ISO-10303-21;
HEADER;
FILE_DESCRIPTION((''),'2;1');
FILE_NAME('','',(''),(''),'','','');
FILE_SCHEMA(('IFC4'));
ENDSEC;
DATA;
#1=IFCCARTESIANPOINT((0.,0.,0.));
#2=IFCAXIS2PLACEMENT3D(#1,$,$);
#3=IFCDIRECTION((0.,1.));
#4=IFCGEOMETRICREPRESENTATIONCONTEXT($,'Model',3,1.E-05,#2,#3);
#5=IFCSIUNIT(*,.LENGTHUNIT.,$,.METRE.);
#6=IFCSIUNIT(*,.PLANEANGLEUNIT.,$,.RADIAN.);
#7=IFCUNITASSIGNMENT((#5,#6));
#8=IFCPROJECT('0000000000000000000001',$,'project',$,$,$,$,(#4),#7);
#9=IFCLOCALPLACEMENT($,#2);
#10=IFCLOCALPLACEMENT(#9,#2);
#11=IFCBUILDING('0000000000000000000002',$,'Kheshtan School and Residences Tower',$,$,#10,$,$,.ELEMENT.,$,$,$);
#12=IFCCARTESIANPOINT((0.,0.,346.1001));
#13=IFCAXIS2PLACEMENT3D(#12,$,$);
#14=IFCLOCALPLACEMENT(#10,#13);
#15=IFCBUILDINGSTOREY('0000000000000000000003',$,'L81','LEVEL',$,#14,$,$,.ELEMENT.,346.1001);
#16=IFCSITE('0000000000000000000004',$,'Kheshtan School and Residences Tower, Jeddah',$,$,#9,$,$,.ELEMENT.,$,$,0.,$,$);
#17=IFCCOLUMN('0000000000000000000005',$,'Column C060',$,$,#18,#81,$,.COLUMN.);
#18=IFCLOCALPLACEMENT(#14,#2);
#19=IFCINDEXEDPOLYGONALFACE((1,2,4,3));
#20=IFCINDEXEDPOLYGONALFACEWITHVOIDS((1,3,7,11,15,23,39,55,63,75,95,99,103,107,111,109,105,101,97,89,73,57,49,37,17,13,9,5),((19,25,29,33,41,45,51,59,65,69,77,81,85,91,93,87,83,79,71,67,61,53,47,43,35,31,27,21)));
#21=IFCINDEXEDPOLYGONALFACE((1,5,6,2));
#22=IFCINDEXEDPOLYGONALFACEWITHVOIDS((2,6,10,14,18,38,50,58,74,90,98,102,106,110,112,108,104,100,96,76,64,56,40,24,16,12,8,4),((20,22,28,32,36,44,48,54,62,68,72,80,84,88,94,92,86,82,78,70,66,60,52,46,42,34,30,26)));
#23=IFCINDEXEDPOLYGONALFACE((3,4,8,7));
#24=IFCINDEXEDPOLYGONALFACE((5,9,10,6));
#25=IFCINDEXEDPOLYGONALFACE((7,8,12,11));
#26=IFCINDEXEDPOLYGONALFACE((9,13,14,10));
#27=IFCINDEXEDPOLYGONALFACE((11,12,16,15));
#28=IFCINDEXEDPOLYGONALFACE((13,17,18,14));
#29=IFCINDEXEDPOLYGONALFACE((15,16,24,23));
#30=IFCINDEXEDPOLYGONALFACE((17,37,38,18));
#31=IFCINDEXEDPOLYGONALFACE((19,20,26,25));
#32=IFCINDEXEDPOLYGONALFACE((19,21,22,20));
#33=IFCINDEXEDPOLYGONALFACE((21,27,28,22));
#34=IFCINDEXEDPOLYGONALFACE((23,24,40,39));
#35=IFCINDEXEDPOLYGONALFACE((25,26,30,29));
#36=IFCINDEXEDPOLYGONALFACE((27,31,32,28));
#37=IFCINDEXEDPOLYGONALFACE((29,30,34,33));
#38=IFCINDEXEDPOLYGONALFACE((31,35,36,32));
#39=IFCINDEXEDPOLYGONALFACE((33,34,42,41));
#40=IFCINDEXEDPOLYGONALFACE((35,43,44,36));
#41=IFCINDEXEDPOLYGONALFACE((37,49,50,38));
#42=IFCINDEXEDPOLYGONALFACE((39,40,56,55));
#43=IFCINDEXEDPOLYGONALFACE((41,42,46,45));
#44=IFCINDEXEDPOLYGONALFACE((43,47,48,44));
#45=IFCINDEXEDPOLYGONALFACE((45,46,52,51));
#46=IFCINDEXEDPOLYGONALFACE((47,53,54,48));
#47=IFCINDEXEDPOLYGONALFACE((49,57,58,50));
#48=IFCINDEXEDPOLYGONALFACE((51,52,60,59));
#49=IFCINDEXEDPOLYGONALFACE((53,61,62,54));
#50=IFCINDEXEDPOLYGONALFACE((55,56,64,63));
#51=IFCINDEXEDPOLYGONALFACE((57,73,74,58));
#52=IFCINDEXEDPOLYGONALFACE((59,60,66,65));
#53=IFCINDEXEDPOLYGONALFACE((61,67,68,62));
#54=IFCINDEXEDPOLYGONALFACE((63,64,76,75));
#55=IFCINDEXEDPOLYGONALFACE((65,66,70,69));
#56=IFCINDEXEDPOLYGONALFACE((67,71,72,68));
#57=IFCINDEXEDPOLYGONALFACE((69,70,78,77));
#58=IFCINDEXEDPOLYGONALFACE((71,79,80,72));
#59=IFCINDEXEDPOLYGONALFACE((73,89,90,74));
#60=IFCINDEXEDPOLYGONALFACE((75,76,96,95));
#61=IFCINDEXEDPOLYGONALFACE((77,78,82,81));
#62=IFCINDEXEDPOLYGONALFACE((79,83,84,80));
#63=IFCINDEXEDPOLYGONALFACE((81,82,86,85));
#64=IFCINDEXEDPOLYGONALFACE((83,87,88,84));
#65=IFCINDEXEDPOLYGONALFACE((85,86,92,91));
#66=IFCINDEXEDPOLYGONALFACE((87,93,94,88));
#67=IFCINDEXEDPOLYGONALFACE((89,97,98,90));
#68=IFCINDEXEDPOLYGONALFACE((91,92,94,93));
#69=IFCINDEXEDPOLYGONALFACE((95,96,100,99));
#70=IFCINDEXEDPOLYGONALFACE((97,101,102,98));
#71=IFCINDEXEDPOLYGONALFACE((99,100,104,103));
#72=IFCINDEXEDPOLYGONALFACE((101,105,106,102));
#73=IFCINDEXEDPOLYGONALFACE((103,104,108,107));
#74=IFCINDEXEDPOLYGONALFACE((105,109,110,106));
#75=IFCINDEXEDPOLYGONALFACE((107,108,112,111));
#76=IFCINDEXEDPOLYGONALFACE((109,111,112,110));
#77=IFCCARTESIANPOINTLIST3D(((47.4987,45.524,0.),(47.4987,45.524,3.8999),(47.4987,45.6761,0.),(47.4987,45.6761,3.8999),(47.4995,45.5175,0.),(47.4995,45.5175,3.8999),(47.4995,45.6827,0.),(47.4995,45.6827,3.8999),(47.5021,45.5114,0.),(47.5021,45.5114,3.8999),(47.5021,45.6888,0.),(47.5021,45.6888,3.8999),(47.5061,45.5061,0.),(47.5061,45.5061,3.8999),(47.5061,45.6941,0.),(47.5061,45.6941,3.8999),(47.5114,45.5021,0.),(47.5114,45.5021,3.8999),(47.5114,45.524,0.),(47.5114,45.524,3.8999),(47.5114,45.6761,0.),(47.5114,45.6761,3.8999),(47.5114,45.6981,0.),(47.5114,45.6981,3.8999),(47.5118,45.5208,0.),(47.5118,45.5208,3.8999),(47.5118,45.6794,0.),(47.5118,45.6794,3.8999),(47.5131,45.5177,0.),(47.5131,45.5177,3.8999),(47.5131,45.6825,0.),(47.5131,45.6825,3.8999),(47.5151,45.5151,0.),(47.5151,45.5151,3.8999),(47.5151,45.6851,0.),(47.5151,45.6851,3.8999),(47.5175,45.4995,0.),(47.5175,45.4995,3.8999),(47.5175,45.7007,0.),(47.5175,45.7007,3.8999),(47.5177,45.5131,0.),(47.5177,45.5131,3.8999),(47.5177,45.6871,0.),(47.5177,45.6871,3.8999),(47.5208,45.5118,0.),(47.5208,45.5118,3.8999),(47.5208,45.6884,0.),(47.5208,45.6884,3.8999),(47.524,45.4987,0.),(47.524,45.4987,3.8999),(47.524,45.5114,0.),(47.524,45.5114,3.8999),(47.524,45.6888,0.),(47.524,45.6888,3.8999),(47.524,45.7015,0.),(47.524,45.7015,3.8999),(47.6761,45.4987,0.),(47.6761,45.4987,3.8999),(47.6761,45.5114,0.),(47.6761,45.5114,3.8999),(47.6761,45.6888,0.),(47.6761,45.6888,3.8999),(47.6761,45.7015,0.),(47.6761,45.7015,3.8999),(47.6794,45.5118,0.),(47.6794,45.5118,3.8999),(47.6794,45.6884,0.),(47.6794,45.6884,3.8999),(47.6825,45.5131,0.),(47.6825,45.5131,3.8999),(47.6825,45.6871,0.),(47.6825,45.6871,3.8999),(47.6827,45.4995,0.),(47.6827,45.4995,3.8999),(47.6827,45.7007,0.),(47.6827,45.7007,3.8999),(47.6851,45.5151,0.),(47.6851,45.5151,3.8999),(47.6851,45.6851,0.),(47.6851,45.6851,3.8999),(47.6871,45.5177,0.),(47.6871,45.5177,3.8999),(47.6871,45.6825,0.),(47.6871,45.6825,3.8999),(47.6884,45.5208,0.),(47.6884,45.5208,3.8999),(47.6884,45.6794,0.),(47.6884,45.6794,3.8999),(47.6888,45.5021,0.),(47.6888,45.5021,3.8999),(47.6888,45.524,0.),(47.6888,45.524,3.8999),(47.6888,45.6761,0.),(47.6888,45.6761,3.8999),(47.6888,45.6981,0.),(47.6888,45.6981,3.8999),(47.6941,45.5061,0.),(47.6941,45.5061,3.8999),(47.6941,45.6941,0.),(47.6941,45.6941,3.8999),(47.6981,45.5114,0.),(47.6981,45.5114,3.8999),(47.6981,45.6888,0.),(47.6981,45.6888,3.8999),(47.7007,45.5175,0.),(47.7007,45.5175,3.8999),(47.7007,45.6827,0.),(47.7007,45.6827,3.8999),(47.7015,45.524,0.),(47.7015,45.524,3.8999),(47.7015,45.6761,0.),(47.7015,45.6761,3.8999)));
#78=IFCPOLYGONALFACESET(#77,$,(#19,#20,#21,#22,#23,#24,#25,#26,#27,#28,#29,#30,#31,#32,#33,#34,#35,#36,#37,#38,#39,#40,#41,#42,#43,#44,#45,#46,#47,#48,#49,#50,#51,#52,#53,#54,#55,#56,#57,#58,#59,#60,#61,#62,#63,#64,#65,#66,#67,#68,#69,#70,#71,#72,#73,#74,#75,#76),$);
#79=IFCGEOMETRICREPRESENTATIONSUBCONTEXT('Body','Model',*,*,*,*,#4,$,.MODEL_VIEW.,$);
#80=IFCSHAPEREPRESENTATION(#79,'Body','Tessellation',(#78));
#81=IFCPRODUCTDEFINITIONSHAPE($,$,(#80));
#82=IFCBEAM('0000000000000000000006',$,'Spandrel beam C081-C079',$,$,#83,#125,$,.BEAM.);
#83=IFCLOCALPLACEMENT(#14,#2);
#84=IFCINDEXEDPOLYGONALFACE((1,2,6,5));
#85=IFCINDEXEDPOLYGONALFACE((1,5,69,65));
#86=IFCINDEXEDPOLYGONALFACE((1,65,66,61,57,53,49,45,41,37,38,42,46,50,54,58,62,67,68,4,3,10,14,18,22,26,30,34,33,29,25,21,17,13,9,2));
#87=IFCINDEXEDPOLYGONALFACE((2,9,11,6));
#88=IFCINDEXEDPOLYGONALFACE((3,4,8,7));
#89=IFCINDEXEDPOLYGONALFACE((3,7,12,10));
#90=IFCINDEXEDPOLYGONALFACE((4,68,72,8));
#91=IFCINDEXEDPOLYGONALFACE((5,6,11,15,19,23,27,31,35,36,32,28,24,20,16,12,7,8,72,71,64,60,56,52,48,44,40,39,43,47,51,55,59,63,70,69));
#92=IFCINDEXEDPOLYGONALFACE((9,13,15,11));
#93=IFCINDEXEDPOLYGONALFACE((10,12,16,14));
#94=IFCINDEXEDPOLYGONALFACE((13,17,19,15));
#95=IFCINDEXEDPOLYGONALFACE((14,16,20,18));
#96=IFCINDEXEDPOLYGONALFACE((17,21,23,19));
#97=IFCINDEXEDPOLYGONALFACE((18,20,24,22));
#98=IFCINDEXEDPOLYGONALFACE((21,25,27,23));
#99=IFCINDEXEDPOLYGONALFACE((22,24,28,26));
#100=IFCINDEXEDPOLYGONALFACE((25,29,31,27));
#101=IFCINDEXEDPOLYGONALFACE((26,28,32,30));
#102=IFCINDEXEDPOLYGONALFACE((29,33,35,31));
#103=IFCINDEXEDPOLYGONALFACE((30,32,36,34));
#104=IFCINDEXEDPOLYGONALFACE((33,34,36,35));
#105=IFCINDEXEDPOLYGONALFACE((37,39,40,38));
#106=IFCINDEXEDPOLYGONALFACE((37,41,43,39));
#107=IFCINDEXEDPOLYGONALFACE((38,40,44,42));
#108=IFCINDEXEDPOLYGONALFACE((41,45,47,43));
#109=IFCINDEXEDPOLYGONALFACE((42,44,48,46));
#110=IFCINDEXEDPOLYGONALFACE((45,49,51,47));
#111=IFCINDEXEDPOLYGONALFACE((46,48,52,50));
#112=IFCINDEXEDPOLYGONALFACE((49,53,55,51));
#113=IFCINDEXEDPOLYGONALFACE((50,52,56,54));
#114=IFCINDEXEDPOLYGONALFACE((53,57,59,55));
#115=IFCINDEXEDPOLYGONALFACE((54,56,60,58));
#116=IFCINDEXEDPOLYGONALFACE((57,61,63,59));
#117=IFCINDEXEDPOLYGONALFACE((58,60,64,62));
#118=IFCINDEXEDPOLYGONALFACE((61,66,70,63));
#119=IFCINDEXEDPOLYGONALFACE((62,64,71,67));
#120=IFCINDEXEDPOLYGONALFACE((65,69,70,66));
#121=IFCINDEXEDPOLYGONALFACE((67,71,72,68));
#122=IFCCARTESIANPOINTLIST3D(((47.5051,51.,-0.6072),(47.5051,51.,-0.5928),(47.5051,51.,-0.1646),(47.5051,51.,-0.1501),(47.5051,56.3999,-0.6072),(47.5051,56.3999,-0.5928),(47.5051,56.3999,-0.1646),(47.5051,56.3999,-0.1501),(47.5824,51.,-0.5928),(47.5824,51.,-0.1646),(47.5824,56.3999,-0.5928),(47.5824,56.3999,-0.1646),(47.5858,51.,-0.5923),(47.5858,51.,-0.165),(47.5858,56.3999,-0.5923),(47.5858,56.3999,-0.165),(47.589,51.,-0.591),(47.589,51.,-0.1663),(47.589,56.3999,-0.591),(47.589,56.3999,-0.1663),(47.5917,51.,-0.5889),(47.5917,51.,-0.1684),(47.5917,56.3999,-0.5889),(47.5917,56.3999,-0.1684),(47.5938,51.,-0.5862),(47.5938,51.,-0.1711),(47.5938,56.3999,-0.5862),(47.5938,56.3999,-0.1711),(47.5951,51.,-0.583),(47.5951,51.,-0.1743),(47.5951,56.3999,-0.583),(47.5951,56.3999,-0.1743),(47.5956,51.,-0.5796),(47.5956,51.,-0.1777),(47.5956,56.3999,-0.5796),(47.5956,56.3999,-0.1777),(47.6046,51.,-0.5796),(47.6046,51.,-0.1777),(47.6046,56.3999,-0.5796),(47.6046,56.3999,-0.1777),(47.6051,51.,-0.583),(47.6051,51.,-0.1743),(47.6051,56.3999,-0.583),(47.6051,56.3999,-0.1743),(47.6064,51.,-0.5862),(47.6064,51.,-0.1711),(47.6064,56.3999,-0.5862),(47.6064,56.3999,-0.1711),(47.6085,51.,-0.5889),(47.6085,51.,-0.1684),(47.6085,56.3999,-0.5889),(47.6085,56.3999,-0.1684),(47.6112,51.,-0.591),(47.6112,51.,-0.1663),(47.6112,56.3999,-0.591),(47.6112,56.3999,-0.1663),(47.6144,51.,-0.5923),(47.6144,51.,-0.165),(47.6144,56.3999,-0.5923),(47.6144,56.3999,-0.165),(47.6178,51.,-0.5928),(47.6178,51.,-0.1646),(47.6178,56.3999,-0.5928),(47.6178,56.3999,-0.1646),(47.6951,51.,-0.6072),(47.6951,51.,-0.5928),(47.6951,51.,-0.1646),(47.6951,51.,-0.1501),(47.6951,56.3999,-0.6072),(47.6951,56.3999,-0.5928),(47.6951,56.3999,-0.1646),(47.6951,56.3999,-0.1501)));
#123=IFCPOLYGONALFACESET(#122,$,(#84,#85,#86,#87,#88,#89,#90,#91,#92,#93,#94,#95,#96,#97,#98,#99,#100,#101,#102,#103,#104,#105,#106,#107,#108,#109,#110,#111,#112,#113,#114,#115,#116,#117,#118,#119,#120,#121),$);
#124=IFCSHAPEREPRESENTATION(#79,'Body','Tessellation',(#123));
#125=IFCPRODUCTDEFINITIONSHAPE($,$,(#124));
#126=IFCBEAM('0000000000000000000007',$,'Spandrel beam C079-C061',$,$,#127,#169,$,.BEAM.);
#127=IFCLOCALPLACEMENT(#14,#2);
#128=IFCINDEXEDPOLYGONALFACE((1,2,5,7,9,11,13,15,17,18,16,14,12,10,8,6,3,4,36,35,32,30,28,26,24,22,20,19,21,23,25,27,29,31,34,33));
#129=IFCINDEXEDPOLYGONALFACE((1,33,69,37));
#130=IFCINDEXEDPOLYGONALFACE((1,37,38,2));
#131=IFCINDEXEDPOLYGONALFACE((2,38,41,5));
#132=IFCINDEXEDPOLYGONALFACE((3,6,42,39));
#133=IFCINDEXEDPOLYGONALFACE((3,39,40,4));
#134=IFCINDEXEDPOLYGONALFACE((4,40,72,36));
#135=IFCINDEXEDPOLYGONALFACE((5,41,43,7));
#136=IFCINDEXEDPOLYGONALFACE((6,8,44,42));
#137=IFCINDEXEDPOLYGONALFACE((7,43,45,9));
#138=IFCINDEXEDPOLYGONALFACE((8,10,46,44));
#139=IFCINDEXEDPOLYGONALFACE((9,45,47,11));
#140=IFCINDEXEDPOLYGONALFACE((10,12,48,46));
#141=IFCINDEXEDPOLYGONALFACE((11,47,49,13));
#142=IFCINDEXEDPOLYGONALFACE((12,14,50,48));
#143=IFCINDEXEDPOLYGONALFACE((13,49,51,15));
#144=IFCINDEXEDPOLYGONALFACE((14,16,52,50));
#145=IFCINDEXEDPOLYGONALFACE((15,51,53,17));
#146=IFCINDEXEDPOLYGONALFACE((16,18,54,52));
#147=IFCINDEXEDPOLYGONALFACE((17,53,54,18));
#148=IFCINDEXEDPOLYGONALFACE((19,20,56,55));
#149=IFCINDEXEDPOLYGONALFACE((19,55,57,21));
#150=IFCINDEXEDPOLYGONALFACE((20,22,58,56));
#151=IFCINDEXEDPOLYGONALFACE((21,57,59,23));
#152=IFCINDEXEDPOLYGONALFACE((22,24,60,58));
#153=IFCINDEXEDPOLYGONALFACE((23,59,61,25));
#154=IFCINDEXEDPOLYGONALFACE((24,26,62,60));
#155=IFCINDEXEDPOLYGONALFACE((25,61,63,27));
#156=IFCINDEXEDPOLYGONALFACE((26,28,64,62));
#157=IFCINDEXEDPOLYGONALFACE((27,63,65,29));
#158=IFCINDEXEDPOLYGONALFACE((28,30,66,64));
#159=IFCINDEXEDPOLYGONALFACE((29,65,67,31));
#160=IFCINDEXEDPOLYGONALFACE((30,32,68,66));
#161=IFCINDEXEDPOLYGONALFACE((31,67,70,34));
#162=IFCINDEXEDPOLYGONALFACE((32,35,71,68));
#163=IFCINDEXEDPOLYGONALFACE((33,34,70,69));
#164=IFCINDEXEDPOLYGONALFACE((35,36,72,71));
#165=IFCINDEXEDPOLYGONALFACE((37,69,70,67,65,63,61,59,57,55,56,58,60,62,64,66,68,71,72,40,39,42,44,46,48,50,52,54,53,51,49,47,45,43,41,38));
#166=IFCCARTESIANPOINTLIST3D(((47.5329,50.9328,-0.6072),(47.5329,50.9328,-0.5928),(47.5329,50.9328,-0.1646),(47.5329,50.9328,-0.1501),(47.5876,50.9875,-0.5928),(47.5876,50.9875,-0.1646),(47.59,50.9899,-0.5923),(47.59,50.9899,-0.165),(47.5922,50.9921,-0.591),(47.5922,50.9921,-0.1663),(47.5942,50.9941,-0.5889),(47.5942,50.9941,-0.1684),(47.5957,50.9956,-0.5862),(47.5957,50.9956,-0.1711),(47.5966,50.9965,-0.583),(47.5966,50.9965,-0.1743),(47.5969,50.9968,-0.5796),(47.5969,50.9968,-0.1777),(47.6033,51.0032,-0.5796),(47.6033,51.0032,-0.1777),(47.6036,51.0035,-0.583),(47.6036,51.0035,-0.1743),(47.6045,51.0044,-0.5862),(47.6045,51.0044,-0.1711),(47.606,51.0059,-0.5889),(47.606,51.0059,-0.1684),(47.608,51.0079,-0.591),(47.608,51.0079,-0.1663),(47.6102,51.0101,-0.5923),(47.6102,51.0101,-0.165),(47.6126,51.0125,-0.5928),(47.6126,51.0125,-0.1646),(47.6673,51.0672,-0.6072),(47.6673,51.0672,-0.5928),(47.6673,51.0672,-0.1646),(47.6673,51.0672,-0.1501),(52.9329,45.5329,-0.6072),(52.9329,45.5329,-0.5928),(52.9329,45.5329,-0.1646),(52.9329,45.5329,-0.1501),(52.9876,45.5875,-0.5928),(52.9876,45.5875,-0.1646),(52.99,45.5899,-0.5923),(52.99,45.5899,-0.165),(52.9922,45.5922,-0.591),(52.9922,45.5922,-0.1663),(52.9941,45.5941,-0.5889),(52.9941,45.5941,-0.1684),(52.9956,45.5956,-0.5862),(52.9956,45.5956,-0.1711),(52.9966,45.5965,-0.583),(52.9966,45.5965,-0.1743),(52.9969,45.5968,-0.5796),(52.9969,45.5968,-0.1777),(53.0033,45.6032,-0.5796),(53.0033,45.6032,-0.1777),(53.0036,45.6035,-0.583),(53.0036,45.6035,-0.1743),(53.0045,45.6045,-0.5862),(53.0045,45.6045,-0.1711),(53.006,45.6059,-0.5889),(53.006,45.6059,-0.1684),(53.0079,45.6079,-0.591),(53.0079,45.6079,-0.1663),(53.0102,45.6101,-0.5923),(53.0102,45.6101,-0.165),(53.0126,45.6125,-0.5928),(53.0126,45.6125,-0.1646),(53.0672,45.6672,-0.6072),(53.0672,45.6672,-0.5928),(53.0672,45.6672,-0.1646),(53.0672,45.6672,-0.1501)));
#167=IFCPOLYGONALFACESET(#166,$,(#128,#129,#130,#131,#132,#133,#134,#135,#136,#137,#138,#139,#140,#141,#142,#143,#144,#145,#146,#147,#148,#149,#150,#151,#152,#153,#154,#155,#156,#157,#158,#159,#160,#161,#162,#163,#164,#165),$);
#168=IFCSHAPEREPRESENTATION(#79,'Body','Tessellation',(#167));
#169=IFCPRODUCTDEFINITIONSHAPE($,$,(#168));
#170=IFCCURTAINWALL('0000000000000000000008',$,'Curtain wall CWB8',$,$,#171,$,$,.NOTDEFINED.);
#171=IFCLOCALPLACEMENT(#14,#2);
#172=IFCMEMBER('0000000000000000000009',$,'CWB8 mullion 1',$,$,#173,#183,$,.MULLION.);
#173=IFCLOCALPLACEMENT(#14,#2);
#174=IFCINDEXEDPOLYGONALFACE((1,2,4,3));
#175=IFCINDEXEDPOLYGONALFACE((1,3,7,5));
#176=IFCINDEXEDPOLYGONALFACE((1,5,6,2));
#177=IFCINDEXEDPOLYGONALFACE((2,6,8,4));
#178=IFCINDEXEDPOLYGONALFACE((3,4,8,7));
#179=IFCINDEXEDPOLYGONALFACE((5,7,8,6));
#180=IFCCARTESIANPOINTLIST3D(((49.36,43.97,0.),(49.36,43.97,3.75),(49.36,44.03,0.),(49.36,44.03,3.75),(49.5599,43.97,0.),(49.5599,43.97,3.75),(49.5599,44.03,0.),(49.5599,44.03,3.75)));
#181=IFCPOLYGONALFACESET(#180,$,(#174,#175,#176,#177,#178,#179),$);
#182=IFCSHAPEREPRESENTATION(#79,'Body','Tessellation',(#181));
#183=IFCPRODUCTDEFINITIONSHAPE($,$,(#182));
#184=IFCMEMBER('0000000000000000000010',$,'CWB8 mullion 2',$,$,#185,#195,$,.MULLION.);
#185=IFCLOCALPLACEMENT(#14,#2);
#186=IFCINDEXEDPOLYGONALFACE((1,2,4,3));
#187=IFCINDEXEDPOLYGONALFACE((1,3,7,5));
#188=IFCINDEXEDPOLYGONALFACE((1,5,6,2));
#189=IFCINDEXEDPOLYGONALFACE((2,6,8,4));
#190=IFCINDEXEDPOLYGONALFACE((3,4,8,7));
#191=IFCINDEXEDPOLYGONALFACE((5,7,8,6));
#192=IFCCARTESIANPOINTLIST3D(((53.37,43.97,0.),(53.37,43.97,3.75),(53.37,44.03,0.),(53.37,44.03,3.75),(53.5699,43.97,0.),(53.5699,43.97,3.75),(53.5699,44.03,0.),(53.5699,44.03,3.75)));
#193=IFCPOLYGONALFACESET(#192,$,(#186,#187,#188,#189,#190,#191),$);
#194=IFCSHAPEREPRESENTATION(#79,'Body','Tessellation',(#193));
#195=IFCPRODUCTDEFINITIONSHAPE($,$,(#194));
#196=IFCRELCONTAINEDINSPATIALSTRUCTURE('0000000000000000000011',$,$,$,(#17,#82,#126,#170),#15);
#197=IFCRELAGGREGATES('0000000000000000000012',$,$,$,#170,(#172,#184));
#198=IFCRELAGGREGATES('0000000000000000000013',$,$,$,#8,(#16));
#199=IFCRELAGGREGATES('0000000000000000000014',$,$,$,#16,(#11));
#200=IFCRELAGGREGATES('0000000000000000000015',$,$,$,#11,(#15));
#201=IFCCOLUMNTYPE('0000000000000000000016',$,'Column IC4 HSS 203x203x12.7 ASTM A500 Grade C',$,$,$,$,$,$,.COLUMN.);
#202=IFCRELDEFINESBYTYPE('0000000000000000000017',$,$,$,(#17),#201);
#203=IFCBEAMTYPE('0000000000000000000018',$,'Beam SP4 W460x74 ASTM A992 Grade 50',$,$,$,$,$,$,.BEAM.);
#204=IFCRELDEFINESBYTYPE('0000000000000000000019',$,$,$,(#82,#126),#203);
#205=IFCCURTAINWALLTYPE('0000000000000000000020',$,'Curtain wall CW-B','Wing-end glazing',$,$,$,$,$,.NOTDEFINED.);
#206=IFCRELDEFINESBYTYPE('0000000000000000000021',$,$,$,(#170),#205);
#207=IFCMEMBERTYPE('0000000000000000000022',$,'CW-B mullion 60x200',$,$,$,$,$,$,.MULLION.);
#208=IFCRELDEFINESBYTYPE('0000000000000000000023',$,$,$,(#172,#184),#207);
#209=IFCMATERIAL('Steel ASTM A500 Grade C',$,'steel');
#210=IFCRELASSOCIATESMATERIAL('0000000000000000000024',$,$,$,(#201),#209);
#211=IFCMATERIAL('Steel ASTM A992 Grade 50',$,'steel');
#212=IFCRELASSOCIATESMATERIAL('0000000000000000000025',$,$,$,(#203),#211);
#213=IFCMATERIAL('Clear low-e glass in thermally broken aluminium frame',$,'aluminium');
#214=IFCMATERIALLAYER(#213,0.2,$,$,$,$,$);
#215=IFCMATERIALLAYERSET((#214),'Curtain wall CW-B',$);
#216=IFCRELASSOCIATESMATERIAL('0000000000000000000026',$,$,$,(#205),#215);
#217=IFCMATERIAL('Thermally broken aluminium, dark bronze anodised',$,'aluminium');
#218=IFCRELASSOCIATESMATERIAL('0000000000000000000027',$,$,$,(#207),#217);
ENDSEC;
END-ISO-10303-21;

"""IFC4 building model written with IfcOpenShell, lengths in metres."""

from ifc_helpers import new_model, si_unit, direction, frame, origin, origin_2d, place, context, subcontext, project, spatial, rectangle, hollow_rectangle, i_section, extrude, material, layer, layer_set, material_profile, profile_set, type_object, element, aggregate, save


model = new_model("IFC4")

# Units and contexts
model_context = context("Model", 3, precision=1e-05, world=origin(), true_north=direction((0.0, 1.0)))
body_context = subcontext(model_context, "Body", "Model", "MODEL_VIEW")
ifc_project = project(units=[si_unit("LENGTHUNIT", "METRE"), si_unit("PLANEANGLEUNIT", "RADIAN")], contexts=[model_context])

# Site, building, storey
site_placement = place(None, origin())
site = spatial("IfcSite", under=ifc_project, at=site_placement, Name="Kheshtan School and Residences Tower, Jeddah", CompositionType="ELEMENT", RefElevation=0.0)
building_placement = place(site_placement, origin())
building = spatial("IfcBuilding", under=site, at=building_placement, Name="Kheshtan School and Residences Tower", CompositionType="ELEMENT")
storey_placement = place(building_placement, frame((0.0, 0.0, 346.1001)))
storey = spatial("IfcBuildingStorey", under=building, at=storey_placement, Name="L81", Description="LEVEL", CompositionType="ELEMENT", Elevation=346.1001)

# Column
ifc_material_1 = material(Name="Steel ASTM A992 Grade 50", Category="steel")
ifc_material_2 = material(Name="Steel ASTM A500 Grade C", Category="steel")
ifc_material_profile_1 = material_profile(ifc_material_2, hollow_rectangle(XDim=0.2029, YDim=0.2029, WallThickness=0.0127, InnerFilletRadius=0.0127, OuterFilletRadius=0.0254, at=origin_2d()), Name="HSS 203x203x12.7")
ifc_profile_set_1 = profile_set([ifc_material_profile_1], Name="Steel ASTM A500 Grade C")
column_type_1 = type_object("IfcColumnType", Name="Column IC4 HSS 203x203x12.7 ASTM A500 Grade C", PredefinedType="COLUMN", material=ifc_profile_set_1)
column_placement = place(storey_placement, frame((47.6001, 45.6001, 0.0), z_axis=(0.0, 0.0, 1.0), x_axis=(1.0, 0.0, 0.0)))
element("IfcColumn", 1, at=column_placement, inside=storey, type_object=column_type_1, Name="Column C060", PredefinedType="COLUMN", context=body_context, shape_type="SweptSolid", body=[
    extrude(hollow_rectangle(XDim=0.2029, YDim=0.2029, WallThickness=0.0127, InnerFilletRadius=0.0127, OuterFilletRadius=0.0254, at=origin_2d()), origin(), (0.0, 0.0, 1.0), 3.8999),
])

# Beams
ifc_material_profile_2 = material_profile(ifc_material_1, i_section(OverallWidth=0.1899, OverallDepth=0.457, WebThickness=0.009, FlangeThickness=0.0144, FilletRadius=0.0132, at=origin_2d()), Name="W460x74")
ifc_profile_set_2 = profile_set([ifc_material_profile_2], Name="Steel ASTM A992 Grade 50")
beam_type_1 = type_object("IfcBeamType", Name="Beam SP4 W460x74 ASTM A992 Grade 50", PredefinedType="BEAM", material=ifc_profile_set_2)
beam_1_placement = place(storey_placement, frame((47.6001, 56.3999, -0.3787), z_axis=(0.0, -1.0, 0.0), x_axis=(1.0, 0.0, 0.0)))
element("IfcBeam", 2, at=beam_1_placement, inside=storey, type_object=beam_type_1, Name="Spandrel beam C081-C079", PredefinedType="BEAM", context=body_context, shape_type="SweptSolid", body=[
    extrude(i_section(OverallWidth=0.1899, OverallDepth=0.457, WebThickness=0.009, FlangeThickness=0.0144, FilletRadius=0.0132, at=origin_2d()), origin(), (0.0, 0.0, 1.0), 5.3999),
])
beam_2_placement = place(storey_placement, frame((47.6001, 51.0, -0.3787), z_axis=(0.707107, -0.707107, 0.0), x_axis=(0.707107, 0.707107, 0.0)))
element("IfcBeam", 3, at=beam_2_placement, inside=storey, type_object=beam_type_1, Name="Spandrel beam C079-C061", PredefinedType="BEAM", context=body_context, shape_type="SweptSolid", body=[
    extrude(i_section(OverallWidth=0.1899, OverallDepth=0.457, WebThickness=0.009, FlangeThickness=0.0144, FilletRadius=0.0132, at=origin_2d()), origin(), (0.0, 0.0, 1.0), 7.6367),
])

# Curtain wall, members
ifc_material_3 = material(Name="Clear low-e glass in thermally broken aluminium frame", Category="aluminium")
ifc_layer_1 = layer(ifc_material_3, 0.2)
ifc_layer_set_1 = layer_set([ifc_layer_1], Name="Curtain wall CW-B")
curtain_wall_type_1 = type_object("IfcCurtainWallType", Name="Curtain wall CW-B", Description="Wing-end glazing", PredefinedType="NOTDEFINED", material=ifc_layer_set_1)
curtain_wall_1_placement = place(storey_placement, origin())
curtain_wall_1 = element("IfcCurtainWall", 4, at=curtain_wall_1_placement, inside=storey, type_object=curtain_wall_type_1, Name="Curtain wall CWB8", PredefinedType="NOTDEFINED")
ifc_material_4 = material(Name="Thermally broken aluminium, dark bronze anodised", Category="aluminium")
ifc_material_profile_3 = material_profile(ifc_material_4, rectangle(XDim=0.0601, YDim=0.2, at=origin_2d()), Name="CW-B mullion 60x200")
ifc_profile_set_3 = profile_set([ifc_material_profile_3], Name="Thermally broken aluminium, dark bronze anodised")
member_type_1 = type_object("IfcMemberType", Name="CW-B mullion 60x200", PredefinedType="MULLION", material=ifc_profile_set_3)
member_1_placement = place(storey_placement, frame((49.46, 44.0, 0.0), z_axis=(0.0, 0.0, 1.0), x_axis=(0.0, 1.0, 0.0)))
member_1 = element("IfcMember", 5, at=member_1_placement, type_object=member_type_1, Name="CWB8 mullion 1", PredefinedType="MULLION", context=body_context, shape_type="SweptSolid", body=[
    extrude(rectangle(XDim=0.0601, YDim=0.2, at=origin_2d()), origin(), (0.0, 0.0, 1.0), 3.75),
])
member_2_placement = place(storey_placement, frame((53.47, 44.0, 0.0), z_axis=(0.0, 0.0, 1.0), x_axis=(0.0, 1.0, 0.0)))
member_2 = element("IfcMember", 6, at=member_2_placement, type_object=member_type_1, Name="CWB8 mullion 2", PredefinedType="MULLION", context=body_context, shape_type="SweptSolid", body=[
    extrude(rectangle(XDim=0.0601, YDim=0.2, at=origin_2d()), origin(), (0.0, 0.0, 1.0), 3.75),
])

aggregate(curtain_wall_1, [member_1, member_2])

save(model, "model.ifc")
